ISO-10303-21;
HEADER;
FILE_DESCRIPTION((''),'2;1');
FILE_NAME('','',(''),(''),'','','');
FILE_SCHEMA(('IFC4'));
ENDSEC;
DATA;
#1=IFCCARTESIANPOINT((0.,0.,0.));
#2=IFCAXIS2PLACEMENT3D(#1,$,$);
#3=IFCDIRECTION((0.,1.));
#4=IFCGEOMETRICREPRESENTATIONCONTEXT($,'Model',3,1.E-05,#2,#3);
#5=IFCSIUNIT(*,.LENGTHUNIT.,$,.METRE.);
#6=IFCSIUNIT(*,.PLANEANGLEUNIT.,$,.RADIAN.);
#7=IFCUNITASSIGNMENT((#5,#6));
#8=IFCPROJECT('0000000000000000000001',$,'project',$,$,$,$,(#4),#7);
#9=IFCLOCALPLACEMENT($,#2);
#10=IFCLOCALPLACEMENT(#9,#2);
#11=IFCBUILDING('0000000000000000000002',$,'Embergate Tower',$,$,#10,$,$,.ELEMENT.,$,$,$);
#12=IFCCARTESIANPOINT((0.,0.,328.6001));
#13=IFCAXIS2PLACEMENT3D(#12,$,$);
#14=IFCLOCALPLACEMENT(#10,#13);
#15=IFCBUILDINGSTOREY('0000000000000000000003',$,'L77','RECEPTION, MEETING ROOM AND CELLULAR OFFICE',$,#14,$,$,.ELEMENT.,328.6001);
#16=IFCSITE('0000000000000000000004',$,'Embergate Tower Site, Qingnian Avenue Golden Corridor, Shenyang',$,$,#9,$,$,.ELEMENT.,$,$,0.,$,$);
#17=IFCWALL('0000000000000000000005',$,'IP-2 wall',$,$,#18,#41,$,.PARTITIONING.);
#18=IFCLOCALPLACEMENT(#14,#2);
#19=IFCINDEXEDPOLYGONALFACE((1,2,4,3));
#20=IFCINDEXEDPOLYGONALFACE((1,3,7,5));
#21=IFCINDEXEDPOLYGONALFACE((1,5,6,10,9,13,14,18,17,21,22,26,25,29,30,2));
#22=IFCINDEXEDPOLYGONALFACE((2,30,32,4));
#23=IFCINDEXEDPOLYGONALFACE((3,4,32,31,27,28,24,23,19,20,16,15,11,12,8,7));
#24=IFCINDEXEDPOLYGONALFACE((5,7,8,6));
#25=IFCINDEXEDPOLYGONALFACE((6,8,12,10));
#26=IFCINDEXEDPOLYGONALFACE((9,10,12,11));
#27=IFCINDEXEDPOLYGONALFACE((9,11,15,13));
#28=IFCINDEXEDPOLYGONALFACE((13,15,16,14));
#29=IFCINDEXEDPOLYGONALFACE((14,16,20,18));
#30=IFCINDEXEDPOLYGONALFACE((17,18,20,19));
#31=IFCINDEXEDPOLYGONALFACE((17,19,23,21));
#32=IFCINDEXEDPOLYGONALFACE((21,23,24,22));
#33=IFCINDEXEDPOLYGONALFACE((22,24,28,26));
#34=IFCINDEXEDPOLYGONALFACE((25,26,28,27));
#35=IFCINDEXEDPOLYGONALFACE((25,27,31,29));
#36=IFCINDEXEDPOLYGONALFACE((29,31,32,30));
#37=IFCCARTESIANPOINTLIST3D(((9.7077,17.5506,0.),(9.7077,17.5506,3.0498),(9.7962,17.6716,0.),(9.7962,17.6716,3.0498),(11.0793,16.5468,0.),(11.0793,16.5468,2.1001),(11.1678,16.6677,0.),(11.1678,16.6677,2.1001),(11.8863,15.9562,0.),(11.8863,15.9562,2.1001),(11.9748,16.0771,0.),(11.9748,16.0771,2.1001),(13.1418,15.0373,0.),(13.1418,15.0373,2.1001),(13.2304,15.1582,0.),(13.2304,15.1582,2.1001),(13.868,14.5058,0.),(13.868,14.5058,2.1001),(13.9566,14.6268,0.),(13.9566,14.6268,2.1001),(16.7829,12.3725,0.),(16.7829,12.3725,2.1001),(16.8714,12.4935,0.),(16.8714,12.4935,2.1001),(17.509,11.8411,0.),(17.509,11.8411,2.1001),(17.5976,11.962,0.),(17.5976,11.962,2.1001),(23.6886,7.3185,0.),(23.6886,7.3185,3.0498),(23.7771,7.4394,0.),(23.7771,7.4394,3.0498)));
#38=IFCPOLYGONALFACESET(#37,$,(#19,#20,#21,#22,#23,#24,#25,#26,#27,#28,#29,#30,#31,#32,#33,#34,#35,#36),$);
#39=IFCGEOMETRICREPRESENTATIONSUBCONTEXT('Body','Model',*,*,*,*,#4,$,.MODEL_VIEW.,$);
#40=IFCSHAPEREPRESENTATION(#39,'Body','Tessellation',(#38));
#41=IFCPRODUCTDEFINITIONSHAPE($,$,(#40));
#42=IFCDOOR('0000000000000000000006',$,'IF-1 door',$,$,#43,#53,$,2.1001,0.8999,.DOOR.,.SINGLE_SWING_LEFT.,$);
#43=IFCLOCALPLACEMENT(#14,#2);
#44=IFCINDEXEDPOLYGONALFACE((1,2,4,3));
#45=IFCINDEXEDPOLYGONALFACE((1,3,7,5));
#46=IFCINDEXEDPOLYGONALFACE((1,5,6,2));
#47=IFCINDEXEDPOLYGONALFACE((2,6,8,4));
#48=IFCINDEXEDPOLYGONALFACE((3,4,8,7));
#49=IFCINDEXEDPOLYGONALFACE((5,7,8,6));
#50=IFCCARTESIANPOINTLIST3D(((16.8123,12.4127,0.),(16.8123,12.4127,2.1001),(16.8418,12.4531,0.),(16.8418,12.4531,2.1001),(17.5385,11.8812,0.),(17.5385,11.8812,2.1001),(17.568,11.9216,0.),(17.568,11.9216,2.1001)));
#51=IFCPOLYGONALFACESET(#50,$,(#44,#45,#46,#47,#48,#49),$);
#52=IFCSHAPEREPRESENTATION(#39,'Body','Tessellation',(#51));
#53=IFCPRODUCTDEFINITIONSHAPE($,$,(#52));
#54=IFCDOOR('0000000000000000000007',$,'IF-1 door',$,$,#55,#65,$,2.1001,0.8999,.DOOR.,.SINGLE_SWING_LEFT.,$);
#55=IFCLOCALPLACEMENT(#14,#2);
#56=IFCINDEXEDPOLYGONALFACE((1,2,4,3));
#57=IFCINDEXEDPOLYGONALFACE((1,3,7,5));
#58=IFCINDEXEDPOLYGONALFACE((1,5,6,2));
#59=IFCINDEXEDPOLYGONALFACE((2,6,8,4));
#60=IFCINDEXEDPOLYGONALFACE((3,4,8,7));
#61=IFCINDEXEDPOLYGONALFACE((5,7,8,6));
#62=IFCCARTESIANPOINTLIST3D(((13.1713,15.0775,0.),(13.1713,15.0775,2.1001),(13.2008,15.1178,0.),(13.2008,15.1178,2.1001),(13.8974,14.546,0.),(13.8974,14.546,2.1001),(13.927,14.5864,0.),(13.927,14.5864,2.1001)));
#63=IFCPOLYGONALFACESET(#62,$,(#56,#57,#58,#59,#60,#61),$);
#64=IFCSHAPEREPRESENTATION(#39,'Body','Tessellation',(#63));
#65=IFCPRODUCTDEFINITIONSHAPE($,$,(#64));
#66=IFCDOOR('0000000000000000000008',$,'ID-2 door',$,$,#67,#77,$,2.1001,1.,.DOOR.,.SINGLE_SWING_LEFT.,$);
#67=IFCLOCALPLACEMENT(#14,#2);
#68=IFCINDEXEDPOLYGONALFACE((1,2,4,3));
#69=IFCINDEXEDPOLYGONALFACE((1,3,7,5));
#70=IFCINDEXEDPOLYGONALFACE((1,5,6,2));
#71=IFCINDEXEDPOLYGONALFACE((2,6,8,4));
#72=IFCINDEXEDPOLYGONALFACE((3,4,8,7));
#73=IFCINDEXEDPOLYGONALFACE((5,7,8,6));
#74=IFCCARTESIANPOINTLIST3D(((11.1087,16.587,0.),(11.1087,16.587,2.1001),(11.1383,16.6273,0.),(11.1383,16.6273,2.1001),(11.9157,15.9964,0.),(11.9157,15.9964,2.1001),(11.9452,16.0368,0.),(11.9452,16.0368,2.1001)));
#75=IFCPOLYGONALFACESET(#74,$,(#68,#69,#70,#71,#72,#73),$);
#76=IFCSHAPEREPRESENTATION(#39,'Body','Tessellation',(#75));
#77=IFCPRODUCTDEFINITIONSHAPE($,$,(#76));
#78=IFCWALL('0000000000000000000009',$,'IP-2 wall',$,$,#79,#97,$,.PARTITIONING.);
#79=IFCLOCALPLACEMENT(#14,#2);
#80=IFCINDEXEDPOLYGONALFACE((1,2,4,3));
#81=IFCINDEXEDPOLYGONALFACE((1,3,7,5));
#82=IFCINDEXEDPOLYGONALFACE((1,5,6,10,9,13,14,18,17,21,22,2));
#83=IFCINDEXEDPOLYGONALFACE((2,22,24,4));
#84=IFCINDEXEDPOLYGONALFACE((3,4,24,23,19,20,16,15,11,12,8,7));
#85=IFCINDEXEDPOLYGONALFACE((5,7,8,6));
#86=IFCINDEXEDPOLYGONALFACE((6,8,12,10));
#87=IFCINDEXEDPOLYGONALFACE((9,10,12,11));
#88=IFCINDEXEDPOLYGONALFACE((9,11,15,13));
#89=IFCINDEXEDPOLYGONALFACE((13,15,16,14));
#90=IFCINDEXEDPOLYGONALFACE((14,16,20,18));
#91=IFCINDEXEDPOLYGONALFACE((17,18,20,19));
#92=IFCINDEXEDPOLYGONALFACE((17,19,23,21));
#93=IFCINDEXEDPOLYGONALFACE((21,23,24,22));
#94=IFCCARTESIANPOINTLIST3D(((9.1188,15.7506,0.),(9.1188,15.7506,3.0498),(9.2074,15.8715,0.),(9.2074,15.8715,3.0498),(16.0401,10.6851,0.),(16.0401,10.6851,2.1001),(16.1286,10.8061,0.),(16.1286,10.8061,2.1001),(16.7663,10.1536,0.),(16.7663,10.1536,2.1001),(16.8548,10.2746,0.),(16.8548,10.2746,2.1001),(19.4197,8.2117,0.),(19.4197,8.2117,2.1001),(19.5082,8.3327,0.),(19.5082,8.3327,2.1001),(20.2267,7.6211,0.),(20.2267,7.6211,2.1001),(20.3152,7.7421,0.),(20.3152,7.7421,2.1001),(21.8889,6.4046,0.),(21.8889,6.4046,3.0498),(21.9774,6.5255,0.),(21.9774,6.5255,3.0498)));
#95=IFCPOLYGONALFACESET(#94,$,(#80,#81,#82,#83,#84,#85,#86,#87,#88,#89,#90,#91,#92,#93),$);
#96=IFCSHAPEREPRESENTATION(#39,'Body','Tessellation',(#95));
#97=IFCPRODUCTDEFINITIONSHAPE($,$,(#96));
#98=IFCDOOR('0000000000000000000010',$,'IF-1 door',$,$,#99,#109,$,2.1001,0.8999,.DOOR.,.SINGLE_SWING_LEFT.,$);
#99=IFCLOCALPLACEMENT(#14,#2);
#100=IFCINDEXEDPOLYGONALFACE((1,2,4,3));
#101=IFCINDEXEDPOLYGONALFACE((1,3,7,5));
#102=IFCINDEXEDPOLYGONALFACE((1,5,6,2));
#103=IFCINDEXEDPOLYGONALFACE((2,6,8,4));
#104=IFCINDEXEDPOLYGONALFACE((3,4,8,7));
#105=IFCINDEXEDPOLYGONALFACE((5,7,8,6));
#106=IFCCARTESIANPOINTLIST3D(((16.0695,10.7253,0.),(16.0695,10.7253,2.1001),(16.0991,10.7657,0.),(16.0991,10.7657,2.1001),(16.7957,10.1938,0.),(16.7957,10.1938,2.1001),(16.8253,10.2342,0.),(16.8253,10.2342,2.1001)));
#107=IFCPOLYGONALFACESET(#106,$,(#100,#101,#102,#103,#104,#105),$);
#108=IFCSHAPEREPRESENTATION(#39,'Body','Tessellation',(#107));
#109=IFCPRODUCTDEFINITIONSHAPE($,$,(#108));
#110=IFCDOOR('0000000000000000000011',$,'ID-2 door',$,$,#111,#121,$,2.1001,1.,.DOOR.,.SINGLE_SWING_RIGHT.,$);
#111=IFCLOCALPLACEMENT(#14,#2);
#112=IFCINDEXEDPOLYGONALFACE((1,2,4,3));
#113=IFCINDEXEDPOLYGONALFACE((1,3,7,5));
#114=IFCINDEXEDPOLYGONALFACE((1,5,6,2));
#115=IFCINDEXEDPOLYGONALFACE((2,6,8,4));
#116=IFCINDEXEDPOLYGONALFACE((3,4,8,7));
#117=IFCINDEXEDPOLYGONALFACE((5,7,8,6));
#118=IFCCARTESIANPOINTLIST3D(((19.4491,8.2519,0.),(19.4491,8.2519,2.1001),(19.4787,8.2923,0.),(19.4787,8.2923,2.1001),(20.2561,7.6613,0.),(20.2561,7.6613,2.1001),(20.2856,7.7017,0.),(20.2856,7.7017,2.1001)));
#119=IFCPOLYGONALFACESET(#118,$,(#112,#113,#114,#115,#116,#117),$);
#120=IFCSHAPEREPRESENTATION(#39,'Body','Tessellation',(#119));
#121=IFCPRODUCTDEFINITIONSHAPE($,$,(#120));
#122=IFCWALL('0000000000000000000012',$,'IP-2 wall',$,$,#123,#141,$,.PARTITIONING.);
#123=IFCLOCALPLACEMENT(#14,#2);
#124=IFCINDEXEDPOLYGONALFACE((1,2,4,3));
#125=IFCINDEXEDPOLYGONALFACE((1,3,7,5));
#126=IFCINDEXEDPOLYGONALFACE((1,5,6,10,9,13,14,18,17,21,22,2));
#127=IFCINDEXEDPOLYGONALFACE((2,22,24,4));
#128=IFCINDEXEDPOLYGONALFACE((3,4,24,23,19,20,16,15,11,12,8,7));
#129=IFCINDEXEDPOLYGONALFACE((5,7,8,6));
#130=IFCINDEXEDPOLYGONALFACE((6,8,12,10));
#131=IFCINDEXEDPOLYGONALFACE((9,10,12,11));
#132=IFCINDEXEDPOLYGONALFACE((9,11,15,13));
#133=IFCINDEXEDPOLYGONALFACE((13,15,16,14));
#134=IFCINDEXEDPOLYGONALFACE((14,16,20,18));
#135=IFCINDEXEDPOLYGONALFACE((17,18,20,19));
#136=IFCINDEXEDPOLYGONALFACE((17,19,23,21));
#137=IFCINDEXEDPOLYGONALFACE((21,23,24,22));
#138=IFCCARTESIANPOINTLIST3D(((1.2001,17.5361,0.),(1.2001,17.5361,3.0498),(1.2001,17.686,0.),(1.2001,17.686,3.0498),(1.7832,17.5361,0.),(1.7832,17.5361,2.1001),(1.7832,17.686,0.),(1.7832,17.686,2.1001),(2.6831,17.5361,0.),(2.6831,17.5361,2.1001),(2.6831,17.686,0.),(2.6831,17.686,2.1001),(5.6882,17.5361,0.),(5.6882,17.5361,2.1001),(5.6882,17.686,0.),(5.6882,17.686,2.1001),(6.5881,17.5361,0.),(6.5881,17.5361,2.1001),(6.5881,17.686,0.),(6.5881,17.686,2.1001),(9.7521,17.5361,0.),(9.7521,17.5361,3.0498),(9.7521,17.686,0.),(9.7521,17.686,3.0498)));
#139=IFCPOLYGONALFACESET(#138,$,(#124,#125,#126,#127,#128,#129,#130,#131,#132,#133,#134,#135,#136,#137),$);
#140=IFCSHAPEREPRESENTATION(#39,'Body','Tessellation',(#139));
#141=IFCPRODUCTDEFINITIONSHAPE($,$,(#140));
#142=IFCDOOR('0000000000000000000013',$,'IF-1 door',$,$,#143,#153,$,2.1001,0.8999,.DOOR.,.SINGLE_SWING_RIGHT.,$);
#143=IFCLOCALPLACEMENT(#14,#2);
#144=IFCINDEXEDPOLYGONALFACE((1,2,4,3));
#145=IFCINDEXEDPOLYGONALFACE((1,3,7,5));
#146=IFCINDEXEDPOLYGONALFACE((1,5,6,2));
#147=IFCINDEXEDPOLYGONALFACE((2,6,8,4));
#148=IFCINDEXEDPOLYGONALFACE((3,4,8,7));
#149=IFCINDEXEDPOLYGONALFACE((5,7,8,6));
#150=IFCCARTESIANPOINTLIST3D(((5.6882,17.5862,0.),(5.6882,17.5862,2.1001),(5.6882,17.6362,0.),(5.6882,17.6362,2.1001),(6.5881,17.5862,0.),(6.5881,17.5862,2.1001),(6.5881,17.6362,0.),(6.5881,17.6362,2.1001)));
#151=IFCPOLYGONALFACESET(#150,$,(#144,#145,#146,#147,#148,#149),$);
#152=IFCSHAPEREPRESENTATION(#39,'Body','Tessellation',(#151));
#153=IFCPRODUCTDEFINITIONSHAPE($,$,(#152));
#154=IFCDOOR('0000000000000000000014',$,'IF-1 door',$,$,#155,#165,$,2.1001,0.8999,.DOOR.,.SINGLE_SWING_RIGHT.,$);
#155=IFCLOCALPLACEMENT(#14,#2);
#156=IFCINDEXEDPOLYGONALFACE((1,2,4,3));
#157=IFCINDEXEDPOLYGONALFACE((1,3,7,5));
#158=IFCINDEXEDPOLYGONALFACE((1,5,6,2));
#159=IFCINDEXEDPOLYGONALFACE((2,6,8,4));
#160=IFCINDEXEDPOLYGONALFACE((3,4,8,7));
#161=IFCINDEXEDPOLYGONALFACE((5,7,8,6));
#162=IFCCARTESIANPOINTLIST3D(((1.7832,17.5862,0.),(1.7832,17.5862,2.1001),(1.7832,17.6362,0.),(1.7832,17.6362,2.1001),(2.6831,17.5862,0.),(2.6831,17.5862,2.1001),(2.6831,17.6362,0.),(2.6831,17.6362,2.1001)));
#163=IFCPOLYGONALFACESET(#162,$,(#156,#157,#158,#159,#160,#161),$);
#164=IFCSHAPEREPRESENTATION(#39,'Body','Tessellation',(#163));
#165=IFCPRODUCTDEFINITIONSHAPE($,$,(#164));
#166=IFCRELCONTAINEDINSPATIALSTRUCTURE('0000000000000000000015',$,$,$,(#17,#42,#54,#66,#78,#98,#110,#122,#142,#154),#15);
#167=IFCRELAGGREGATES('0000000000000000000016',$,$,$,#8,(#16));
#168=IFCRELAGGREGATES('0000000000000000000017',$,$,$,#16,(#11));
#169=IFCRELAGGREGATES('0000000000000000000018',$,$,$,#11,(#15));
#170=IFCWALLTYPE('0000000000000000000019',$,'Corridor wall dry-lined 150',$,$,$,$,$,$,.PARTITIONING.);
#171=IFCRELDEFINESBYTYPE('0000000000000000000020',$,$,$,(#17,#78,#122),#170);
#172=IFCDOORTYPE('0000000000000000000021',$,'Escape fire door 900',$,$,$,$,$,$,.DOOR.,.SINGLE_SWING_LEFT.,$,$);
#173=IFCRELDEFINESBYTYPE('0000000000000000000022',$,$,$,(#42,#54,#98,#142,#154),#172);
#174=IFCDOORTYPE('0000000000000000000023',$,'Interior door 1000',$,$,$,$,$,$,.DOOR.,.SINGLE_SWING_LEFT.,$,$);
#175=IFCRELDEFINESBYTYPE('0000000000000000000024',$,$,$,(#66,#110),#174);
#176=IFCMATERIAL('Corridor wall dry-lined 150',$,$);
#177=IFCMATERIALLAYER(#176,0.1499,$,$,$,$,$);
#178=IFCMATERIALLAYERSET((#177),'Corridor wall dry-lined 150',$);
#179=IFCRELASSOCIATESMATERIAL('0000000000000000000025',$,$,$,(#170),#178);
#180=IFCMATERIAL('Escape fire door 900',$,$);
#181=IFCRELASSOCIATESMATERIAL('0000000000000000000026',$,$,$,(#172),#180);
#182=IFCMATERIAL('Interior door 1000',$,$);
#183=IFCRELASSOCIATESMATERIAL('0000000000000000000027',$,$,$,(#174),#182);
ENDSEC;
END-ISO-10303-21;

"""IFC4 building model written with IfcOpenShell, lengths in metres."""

from ifc_helpers import new_model, si_unit, direction, frame, frame_2d, origin, place, context, subcontext, project, spatial, rectangle, extrude, source, transform, mapped, material, layer, layer_set, type_object, element, fill, save


model = new_model("IFC4")

# Units and contexts
model_context = context("Model", 3, precision=1e-05, world=origin(), true_north=direction((0.0, 1.0)))
body_context = subcontext(model_context, "Body", "Model", "MODEL_VIEW")
ifc_project = project(units=[si_unit("LENGTHUNIT", "METRE"), si_unit("PLANEANGLEUNIT", "RADIAN")], contexts=[model_context])

# Site, building, storey
site_placement = place(None, origin())
site = spatial("IfcSite", under=ifc_project, at=site_placement, Name="Embergate Tower Site, Qingnian Avenue Golden Corridor, Shenyang", CompositionType="ELEMENT", RefElevation=0.0)
building_placement = place(site_placement, origin())
building = spatial("IfcBuilding", under=site, at=building_placement, Name="Embergate Tower", CompositionType="ELEMENT")
storey_placement = place(building_placement, frame((0.0, 0.0, 328.6001)))
storey = spatial("IfcBuildingStorey", under=building, at=storey_placement, Name="L77", Description="RECEPTION, MEETING ROOM AND CELLULAR OFFICE", CompositionType="ELEMENT", Elevation=328.6001)

# Walls, openings, doors
ifc_material_1 = material(Name="Corridor wall dry-lined 150")
ifc_layer_1 = layer(ifc_material_1, 0.1499)
ifc_layer_set_1 = layer_set([ifc_layer_1], Name="Corridor wall dry-lined 150")
wall_type_1 = type_object("IfcWallType", Name="Corridor wall dry-lined 150", PredefinedType="PARTITIONING", material=ifc_layer_set_1)
shared_shape_1 = source(origin(), body_context, "Body", "SweptSolid", [
    extrude(rectangle(XDim=17.3252, YDim=0.1499, at=frame_2d((8.6626, 0.0))), origin(), (0.0, 0.0, 1.0), 3.0498),
])
wall_1_placement = place(storey_placement, frame((9.752, 17.6111, 0.0), z_axis=(0.0, 0.0, 1.0), x_axis=(0.80697, -0.590593, 0.0)))
wall_1 = element("IfcWall", 1, at=wall_1_placement, inside=storey, type_object=wall_type_1, Name="IP-2 wall", PredefinedType="PARTITIONING", context=body_context, shape_type="MappedRepresentation", body=[
    mapped(shared_shape_1, transform((0.0, 0.0, 0.0))),
])
shared_shape_2 = source(origin(), body_context, "Body", "SweptSolid", [
    extrude(rectangle(XDim=0.8999, YDim=2.1001, at=frame_2d((0.45, 1.05))), frame((0.0, 0.085, 0.0), z_axis=(0.0, -1.0, 0.0), x_axis=(1.0, 0.0, 0.0)), (0.0, 0.0, 1.0), 0.1699),
])
opening_1_placement = place(wall_1_placement, frame((8.7676, 0.0, 0.0)))
opening_1 = element("IfcOpeningElement", 2, at=opening_1_placement, cuts=wall_1, PredefinedType="OPENING", context=body_context, shape_type="MappedRepresentation", body=[
    mapped(shared_shape_2, transform((0.0, 0.0, 0.0))),
])
opening_2_placement = place(wall_1_placement, frame((4.2556, 0.0, 0.0)))
opening_2 = element("IfcOpeningElement", 3, at=opening_2_placement, cuts=wall_1, PredefinedType="OPENING", context=body_context, shape_type="MappedRepresentation", body=[
    mapped(shared_shape_2, transform((0.0, 0.0, 0.0))),
])
shared_shape_3 = source(origin(), body_context, "Body", "SweptSolid", [
    extrude(rectangle(XDim=1.0, YDim=2.1001, at=frame_2d((0.5, 1.05))), frame((0.0, 0.085, 0.0), z_axis=(0.0, -1.0, 0.0), x_axis=(1.0, 0.0, 0.0)), (0.0, 0.0, 1.0), 0.1699),
])
opening_3_placement = place(wall_1_placement, frame((1.6997, 0.0, 0.0)))
opening_3 = element("IfcOpeningElement", 4, at=opening_3_placement, cuts=wall_1, PredefinedType="OPENING", context=body_context, shape_type="MappedRepresentation", body=[
    mapped(shared_shape_3, transform((0.0, 0.0, 0.0))),
])
ifc_material_2 = material(Name="Escape fire door 900")
door_type_1 = type_object("IfcDoorType", Name="Escape fire door 900", OperationType="SINGLE_SWING_LEFT", PredefinedType="DOOR", material=ifc_material_2)
shared_shape_4 = source(origin(), body_context, "Body", "SweptSolid", [
    extrude(rectangle(XDim=0.8999, YDim=2.1001, at=frame_2d((0.45, 1.05))), frame((0.0, 0.0249, 0.0), z_axis=(0.0, -1.0, 0.0), x_axis=(1.0, 0.0, 0.0)), (0.0, 0.0, 1.0), 0.05),
])
door_1_placement = place(opening_1_placement, origin())
door_1 = element("IfcDoor", 5, at=door_1_placement, inside=storey, type_object=door_type_1, Name="IF-1 door", OperationType="SINGLE_SWING_LEFT", OverallHeight=2.1001, OverallWidth=0.8999, PredefinedType="DOOR", context=body_context, shape_type="MappedRepresentation", body=[
    mapped(shared_shape_4, transform((0.0, 0.0, 0.0))),
])
fill(opening_1, door_1)
door_2_placement = place(opening_2_placement, origin())
door_2 = element("IfcDoor", 6, at=door_2_placement, inside=storey, type_object=door_type_1, Name="IF-1 door", OperationType="SINGLE_SWING_LEFT", OverallHeight=2.1001, OverallWidth=0.8999, PredefinedType="DOOR", context=body_context, shape_type="MappedRepresentation", body=[
    mapped(shared_shape_4, transform((0.0, 0.0, 0.0))),
])
fill(opening_2, door_2)
ifc_material_3 = material(Name="Interior door 1000")
door_type_2 = type_object("IfcDoorType", Name="Interior door 1000", OperationType="SINGLE_SWING_LEFT", PredefinedType="DOOR", material=ifc_material_3)
shared_shape_5 = source(origin(), body_context, "Body", "SweptSolid", [
    extrude(rectangle(XDim=1.0, YDim=2.1001, at=frame_2d((0.5, 1.05))), frame((0.0, 0.0249, 0.0), z_axis=(0.0, -1.0, 0.0), x_axis=(1.0, 0.0, 0.0)), (0.0, 0.0, 1.0), 0.05),
])
door_3_placement = place(opening_3_placement, origin())
door_3 = element("IfcDoor", 7, at=door_3_placement, inside=storey, type_object=door_type_2, Name="ID-2 door", OperationType="SINGLE_SWING_LEFT", OverallHeight=2.1001, OverallWidth=1.0, PredefinedType="DOOR", context=body_context, shape_type="MappedRepresentation", body=[
    mapped(shared_shape_5, transform((0.0, 0.0, 0.0))),
])
fill(opening_3, door_3)
shared_shape_6 = source(origin(), body_context, "Body", "SweptSolid", [
    extrude(rectangle(XDim=15.8247, YDim=0.1499, at=frame_2d((7.9124, 0.0))), origin(), (0.0, 0.0, 1.0), 3.0498),
])
wall_2_placement = place(storey_placement, frame((9.1631, 15.811, 0.0), z_axis=(0.0, 0.0, 1.0), x_axis=(0.806969, -0.590594, 0.0)))
wall_2 = element("IfcWall", 8, at=wall_2_placement, inside=storey, type_object=wall_type_1, Name="IP-2 wall", PredefinedType="PARTITIONING", context=body_context, shape_type="MappedRepresentation", body=[
    mapped(shared_shape_6, transform((0.0, 0.0, 0.0))),
])
opening_4_placement = place(wall_2_placement, frame((12.7649, 0.0, 0.0)))
opening_4 = element("IfcOpeningElement", 9, at=opening_4_placement, cuts=wall_2, PredefinedType="OPENING", context=body_context, shape_type="MappedRepresentation", body=[
    mapped(shared_shape_3, transform((0.0, 0.0, 0.0))),
])
opening_5_placement = place(wall_2_placement, frame((8.5769, 0.0, 0.0)))
opening_5 = element("IfcOpeningElement", 10, at=opening_5_placement, cuts=wall_2, PredefinedType="OPENING", context=body_context, shape_type="MappedRepresentation", body=[
    mapped(shared_shape_2, transform((0.0, 0.0, 0.0))),
])
door_4_placement = place(opening_5_placement, origin())
door_4 = element("IfcDoor", 11, at=door_4_placement, inside=storey, type_object=door_type_1, Name="IF-1 door", OperationType="SINGLE_SWING_LEFT", OverallHeight=2.1001, OverallWidth=0.8999, PredefinedType="DOOR", context=body_context, shape_type="MappedRepresentation", body=[
    mapped(shared_shape_4, transform((0.0, 0.0, 0.0))),
])
fill(opening_5, door_4)
door_5_placement = place(opening_4_placement, origin())
door_5 = element("IfcDoor", 12, at=door_5_placement, inside=storey, type_object=door_type_2, Name="ID-2 door", OperationType="SINGLE_SWING_RIGHT", OverallHeight=2.1001, OverallWidth=1.0, PredefinedType="DOOR", context=body_context, shape_type="MappedRepresentation", body=[
    mapped(shared_shape_5, transform((0.0, 0.0, 0.0))),
])
fill(opening_4, door_5)
shared_shape_7 = source(origin(), body_context, "Body", "SweptSolid", [
    extrude(rectangle(XDim=8.552, YDim=0.1499, at=frame_2d((4.2759, 0.0))), origin(), (0.0, 0.0, 1.0), 3.0498),
])
wall_3_placement = place(storey_placement, frame((9.752, 17.6111, 0.0), z_axis=(0.0, 0.0, 1.0), x_axis=(-1.0, 0.0, 0.0)))
wall_3 = element("IfcWall", 13, at=wall_3_placement, inside=storey, type_object=wall_type_1, Name="IP-2 wall", PredefinedType="PARTITIONING", context=body_context, shape_type="MappedRepresentation", body=[
    mapped(shared_shape_7, transform((0.0, 0.0, 0.0))),
])
opening_6_placement = place(wall_3_placement, frame((3.1638, 0.0, 0.0)))
opening_6 = element("IfcOpeningElement", 14, at=opening_6_placement, cuts=wall_3, PredefinedType="OPENING", context=body_context, shape_type="MappedRepresentation", body=[
    mapped(shared_shape_2, transform((0.0, 0.0, 0.0))),
])
opening_7_placement = place(wall_3_placement, frame((7.0688, 0.0, 0.0)))
opening_7 = element("IfcOpeningElement", 15, at=opening_7_placement, cuts=wall_3, PredefinedType="OPENING", context=body_context, shape_type="MappedRepresentation", body=[
    mapped(shared_shape_2, transform((0.0, 0.0, 0.0))),
])
door_6_placement = place(opening_6_placement, origin())
door_6 = element("IfcDoor", 16, at=door_6_placement, inside=storey, type_object=door_type_1, Name="IF-1 door", OperationType="SINGLE_SWING_RIGHT", OverallHeight=2.1001, OverallWidth=0.8999, PredefinedType="DOOR", context=body_context, shape_type="MappedRepresentation", body=[
    mapped(shared_shape_4, transform((0.0, 0.0, 0.0))),
])
fill(opening_6, door_6)
door_7_placement = place(opening_7_placement, origin())
door_7 = element("IfcDoor", 17, at=door_7_placement, inside=storey, type_object=door_type_1, Name="IF-1 door", OperationType="SINGLE_SWING_RIGHT", OverallHeight=2.1001, OverallWidth=0.8999, PredefinedType="DOOR", context=body_context, shape_type="MappedRepresentation", body=[
    mapped(shared_shape_4, transform((0.0, 0.0, 0.0))),
])
fill(opening_7, door_7)

save(model, "model.ifc")
